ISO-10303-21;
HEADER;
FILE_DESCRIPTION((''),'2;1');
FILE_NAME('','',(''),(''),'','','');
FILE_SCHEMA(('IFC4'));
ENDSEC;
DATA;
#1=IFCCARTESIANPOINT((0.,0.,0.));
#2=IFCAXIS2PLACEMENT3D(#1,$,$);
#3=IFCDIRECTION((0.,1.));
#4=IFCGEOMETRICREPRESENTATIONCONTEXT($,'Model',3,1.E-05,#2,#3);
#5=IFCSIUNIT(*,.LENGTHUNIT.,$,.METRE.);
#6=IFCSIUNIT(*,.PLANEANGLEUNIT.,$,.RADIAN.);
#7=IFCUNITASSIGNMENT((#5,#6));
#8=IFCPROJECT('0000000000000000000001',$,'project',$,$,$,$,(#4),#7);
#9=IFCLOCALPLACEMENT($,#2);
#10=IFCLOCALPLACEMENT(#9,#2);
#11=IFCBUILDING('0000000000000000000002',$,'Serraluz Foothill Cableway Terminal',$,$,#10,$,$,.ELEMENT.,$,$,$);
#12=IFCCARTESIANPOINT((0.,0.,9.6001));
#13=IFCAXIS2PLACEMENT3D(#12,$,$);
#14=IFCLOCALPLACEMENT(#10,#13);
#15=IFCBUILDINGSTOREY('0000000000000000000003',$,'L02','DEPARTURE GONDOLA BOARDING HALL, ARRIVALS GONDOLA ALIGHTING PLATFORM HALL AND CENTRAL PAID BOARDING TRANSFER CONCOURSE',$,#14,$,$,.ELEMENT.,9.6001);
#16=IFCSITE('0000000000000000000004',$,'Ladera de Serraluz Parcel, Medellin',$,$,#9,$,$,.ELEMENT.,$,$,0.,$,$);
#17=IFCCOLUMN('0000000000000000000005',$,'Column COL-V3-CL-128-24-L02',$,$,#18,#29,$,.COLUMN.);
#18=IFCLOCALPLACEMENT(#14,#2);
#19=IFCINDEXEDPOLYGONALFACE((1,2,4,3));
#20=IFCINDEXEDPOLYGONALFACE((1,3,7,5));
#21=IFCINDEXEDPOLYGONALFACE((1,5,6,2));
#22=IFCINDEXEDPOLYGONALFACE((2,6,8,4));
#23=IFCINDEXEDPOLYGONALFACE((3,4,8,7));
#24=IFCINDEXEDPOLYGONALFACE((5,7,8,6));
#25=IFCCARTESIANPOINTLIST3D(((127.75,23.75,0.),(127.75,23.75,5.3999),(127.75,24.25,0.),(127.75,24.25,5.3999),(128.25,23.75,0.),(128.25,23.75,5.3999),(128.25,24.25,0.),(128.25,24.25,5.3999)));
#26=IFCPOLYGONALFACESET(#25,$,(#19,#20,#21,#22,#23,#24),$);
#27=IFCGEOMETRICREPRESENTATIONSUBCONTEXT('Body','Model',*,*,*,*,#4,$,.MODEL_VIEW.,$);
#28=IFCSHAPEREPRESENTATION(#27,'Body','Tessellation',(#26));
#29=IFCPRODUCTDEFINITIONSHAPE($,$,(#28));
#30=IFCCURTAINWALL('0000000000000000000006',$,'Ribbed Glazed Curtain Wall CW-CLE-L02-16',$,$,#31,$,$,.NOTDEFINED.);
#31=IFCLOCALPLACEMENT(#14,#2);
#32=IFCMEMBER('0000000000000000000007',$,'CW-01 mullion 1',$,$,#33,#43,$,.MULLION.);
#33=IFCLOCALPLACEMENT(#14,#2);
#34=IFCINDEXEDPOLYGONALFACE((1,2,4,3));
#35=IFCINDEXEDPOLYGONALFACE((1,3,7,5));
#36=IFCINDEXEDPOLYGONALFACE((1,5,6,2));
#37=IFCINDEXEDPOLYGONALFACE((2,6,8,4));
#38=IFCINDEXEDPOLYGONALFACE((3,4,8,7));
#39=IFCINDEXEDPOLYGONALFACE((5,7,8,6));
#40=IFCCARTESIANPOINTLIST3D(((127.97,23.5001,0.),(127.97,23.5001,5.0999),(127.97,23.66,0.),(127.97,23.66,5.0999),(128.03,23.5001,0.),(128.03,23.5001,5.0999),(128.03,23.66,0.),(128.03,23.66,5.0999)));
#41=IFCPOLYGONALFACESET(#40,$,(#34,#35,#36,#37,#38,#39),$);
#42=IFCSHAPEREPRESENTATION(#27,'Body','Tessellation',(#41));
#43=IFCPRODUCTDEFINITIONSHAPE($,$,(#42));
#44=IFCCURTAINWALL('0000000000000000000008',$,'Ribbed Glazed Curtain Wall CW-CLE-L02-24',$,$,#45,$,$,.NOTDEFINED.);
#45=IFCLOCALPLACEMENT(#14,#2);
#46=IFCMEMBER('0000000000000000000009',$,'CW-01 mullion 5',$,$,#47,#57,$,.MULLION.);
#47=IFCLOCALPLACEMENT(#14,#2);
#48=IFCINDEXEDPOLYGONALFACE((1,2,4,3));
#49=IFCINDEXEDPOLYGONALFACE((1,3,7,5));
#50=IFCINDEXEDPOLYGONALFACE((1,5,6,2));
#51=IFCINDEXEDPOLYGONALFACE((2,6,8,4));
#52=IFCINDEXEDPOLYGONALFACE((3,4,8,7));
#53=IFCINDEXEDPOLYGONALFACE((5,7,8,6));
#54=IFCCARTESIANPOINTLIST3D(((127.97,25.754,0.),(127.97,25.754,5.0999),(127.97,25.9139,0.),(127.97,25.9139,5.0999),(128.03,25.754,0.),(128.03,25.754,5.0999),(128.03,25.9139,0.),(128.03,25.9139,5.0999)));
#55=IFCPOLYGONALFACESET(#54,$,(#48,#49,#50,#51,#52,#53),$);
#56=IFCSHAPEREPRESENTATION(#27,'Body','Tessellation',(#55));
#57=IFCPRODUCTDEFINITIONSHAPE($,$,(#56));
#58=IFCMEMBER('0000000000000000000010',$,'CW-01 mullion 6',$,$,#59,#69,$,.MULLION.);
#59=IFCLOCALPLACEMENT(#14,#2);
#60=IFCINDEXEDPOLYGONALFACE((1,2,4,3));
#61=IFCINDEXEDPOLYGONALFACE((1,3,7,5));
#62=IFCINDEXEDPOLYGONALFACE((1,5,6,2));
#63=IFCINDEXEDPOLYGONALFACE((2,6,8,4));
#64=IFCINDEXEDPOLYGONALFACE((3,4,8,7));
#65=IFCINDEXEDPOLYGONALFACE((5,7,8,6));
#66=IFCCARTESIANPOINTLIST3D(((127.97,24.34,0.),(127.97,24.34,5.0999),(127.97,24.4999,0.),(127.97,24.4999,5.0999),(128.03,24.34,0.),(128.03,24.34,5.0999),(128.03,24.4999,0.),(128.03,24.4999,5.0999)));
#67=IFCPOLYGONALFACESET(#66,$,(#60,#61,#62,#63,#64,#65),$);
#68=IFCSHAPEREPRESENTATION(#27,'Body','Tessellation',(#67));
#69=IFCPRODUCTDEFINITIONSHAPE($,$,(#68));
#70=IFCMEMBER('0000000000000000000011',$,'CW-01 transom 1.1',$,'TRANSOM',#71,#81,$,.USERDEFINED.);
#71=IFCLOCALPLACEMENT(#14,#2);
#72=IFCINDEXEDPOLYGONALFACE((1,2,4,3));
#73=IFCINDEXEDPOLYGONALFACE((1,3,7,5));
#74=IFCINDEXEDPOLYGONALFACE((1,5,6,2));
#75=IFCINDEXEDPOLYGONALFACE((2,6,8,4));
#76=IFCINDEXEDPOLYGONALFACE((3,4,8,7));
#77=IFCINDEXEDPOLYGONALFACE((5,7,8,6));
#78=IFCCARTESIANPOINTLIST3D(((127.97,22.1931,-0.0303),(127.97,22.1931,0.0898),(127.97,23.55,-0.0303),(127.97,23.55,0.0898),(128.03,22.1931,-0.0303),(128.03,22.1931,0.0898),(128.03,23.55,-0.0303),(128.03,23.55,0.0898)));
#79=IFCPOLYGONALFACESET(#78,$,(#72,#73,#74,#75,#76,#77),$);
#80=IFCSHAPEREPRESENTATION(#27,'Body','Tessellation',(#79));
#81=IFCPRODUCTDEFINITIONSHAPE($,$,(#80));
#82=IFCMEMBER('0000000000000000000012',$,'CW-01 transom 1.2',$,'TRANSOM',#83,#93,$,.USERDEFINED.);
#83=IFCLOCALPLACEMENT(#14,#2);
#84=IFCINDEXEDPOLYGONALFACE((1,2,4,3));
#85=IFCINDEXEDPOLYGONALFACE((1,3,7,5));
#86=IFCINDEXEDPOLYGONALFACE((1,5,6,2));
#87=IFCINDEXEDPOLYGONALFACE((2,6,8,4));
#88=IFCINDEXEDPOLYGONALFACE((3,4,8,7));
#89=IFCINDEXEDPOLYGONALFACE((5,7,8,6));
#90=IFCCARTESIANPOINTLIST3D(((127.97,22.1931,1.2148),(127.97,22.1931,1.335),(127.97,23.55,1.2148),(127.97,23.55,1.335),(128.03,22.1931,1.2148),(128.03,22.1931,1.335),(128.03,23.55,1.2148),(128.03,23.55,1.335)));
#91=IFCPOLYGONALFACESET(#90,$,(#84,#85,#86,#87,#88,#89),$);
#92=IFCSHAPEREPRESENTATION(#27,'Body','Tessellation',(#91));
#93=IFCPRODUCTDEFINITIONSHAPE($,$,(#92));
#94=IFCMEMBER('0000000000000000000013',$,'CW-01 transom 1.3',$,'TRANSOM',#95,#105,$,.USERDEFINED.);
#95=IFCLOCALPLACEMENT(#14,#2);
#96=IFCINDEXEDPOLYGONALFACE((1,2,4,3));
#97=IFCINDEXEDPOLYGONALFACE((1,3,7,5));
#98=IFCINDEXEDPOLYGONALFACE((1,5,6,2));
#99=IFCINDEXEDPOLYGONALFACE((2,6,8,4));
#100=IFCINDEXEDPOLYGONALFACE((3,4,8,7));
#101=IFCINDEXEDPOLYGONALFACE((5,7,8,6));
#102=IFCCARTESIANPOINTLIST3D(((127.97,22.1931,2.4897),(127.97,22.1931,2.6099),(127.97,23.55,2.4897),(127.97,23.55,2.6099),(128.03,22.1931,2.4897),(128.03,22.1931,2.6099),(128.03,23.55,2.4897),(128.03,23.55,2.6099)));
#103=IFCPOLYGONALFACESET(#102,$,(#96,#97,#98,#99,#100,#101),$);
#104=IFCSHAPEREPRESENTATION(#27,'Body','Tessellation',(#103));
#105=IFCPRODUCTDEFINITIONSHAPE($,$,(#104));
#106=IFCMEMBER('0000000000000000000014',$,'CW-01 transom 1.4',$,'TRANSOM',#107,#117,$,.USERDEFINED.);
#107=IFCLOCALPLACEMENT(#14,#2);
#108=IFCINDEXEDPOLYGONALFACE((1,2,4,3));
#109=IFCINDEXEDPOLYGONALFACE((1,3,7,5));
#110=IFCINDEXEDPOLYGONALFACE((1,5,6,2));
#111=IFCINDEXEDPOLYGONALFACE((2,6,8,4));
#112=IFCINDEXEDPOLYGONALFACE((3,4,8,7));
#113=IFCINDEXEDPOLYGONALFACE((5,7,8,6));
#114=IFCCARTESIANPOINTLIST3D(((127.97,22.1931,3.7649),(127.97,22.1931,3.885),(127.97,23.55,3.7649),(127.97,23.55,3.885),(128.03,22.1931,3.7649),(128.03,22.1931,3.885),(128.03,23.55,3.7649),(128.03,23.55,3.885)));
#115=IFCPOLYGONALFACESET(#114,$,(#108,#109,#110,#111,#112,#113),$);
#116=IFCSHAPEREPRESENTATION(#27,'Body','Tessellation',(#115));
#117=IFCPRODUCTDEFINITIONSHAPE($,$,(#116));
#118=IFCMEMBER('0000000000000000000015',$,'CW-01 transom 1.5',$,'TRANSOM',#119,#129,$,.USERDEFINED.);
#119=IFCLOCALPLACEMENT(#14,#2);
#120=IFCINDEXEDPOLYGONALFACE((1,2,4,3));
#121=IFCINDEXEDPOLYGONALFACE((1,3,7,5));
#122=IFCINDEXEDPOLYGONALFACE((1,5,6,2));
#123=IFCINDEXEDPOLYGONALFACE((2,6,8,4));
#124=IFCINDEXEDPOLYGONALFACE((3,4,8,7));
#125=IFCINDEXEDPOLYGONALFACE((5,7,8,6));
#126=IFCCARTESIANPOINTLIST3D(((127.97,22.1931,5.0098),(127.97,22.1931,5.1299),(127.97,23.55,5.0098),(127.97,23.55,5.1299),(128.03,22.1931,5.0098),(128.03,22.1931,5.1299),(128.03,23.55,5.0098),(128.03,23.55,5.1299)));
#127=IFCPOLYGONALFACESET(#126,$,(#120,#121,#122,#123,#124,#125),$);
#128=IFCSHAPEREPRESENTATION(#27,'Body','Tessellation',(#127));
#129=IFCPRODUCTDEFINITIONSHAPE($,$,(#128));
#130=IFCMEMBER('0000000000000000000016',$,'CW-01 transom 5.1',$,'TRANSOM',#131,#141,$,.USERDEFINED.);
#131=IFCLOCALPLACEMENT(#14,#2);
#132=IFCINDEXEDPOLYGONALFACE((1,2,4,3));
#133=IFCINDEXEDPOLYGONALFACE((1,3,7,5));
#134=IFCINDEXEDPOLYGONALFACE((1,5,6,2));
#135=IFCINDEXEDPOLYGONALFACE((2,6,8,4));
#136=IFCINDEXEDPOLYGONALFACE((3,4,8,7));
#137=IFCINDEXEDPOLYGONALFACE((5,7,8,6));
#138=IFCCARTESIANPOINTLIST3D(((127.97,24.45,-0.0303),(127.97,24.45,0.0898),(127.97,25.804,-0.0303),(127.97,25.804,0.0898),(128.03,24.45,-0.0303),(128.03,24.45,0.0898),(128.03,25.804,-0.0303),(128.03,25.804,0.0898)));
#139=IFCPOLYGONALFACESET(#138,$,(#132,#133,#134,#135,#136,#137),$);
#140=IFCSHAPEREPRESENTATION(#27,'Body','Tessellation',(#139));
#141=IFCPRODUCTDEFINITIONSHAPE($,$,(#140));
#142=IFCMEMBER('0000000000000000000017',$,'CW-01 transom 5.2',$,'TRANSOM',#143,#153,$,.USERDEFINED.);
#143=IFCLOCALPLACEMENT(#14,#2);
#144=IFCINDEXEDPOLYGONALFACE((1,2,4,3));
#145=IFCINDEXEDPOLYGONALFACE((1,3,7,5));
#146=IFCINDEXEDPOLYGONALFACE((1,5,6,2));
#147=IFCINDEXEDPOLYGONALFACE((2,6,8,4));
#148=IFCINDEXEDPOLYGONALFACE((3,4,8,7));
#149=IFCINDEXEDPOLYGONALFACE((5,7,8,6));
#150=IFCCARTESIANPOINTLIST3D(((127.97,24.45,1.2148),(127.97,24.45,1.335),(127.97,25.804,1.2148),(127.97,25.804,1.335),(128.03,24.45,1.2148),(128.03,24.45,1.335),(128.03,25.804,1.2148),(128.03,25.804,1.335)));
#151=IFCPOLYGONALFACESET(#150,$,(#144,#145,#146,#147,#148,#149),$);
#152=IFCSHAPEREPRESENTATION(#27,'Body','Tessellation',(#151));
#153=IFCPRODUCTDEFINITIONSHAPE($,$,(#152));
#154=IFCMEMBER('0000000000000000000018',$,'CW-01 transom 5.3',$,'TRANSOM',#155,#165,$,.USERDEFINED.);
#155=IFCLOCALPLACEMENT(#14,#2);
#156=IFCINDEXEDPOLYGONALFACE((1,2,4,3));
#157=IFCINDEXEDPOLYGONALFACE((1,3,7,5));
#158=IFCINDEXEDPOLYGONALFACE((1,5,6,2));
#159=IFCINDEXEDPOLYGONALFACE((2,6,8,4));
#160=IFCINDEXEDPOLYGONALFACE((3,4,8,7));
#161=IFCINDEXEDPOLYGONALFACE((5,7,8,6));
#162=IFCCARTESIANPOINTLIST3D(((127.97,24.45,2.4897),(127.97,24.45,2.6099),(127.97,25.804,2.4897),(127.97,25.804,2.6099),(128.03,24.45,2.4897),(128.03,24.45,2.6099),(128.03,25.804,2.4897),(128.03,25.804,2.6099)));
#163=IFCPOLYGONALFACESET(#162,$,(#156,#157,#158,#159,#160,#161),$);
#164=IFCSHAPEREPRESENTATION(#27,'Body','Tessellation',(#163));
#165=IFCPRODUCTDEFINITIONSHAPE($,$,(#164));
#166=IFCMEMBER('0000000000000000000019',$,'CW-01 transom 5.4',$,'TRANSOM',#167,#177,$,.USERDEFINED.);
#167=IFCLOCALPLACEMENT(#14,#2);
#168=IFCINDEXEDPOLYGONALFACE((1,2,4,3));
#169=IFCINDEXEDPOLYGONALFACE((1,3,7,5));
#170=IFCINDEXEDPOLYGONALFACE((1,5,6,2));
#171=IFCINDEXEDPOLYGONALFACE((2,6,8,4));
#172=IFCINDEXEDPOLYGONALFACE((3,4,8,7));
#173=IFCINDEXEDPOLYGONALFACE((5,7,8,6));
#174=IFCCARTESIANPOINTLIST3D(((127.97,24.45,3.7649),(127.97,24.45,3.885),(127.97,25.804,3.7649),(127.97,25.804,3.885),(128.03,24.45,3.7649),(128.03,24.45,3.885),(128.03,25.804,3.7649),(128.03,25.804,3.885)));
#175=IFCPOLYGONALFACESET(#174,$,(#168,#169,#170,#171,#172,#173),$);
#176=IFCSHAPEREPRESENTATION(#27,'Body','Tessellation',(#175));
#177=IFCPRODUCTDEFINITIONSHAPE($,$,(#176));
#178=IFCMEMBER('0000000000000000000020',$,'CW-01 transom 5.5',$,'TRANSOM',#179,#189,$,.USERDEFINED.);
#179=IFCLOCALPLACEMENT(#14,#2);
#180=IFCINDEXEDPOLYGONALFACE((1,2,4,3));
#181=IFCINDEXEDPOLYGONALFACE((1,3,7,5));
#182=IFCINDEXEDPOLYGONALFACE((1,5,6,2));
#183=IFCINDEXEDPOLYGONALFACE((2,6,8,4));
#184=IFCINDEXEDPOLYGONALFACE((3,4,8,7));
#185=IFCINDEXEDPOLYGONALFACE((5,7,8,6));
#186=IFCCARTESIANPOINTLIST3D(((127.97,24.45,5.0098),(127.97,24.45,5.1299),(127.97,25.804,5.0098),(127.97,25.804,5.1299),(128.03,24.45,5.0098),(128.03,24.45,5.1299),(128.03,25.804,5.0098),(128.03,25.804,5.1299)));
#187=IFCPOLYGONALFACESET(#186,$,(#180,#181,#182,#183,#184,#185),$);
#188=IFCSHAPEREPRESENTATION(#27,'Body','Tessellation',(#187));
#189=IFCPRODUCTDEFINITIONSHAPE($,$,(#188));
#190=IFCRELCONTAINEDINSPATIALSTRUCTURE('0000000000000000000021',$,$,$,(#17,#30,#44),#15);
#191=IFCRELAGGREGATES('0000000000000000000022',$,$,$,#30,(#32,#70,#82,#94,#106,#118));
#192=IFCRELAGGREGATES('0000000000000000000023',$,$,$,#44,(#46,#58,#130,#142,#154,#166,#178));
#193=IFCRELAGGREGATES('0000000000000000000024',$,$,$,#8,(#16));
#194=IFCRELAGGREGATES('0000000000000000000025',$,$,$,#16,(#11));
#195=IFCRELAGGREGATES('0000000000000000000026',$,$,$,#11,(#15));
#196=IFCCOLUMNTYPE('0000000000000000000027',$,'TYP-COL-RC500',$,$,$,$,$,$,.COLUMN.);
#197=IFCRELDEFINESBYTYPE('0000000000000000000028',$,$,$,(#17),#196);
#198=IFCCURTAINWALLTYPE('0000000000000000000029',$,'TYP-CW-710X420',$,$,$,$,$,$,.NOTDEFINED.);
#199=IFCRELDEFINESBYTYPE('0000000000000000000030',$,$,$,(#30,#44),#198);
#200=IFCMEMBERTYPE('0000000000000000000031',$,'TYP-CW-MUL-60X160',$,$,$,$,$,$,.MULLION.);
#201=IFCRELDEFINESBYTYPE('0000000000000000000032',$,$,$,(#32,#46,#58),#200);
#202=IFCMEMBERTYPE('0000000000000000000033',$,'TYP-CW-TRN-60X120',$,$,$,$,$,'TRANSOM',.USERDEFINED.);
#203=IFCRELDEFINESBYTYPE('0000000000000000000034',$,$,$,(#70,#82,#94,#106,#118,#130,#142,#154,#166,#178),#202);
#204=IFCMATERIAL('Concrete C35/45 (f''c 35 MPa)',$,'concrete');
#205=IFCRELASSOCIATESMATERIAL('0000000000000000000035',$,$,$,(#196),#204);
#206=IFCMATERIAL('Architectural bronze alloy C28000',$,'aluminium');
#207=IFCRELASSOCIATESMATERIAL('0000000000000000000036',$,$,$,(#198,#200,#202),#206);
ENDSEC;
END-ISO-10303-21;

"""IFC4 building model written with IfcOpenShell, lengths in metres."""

from ifc_helpers import new_model, si_unit, direction, frame, origin, origin_2d, place, context, subcontext, project, spatial, rectangle, extrude, material, material_profile, profile_set, type_object, element, aggregate, save


model = new_model("IFC4")

# Units and contexts
model_context = context("Model", 3, precision=1e-05, world=origin(), true_north=direction((0.0, 1.0)))
body_context = subcontext(model_context, "Body", "Model", "MODEL_VIEW")
ifc_project = project(units=[si_unit("LENGTHUNIT", "METRE"), si_unit("PLANEANGLEUNIT", "RADIAN")], contexts=[model_context])

# Site, building, storey
site_placement = place(None, origin())
site = spatial("IfcSite", under=ifc_project, at=site_placement, Name="Ladera de Serraluz Parcel, Medellin", CompositionType="ELEMENT", RefElevation=0.0)
building_placement = place(site_placement, origin())
building = spatial("IfcBuilding", under=site, at=building_placement, Name="Serraluz Foothill Cableway Terminal", CompositionType="ELEMENT")
storey_placement = place(building_placement, frame((0.0, 0.0, 9.6001)))
storey = spatial("IfcBuildingStorey", under=building, at=storey_placement, Name="L02", Description="DEPARTURE GONDOLA BOARDING HALL, ARRIVALS GONDOLA ALIGHTING PLATFORM HALL AND CENTRAL PAID BOARDING TRANSFER CONCOURSE", CompositionType="ELEMENT", Elevation=9.6001)

# Column
ifc_material_1 = material(Name="Concrete C35/45 (f'c 35 MPa)", Category="concrete")
ifc_material_profile_1 = material_profile(ifc_material_1, rectangle(XDim=0.5, YDim=0.5, at=origin_2d()), Name="RC 500x500")
ifc_profile_set_1 = profile_set([ifc_material_profile_1], Name="Concrete C35/45 (f'c 35 MPa)")
column_type = type_object("IfcColumnType", Name="TYP-COL-RC500", PredefinedType="COLUMN", material=ifc_profile_set_1)
column_placement = place(storey_placement, frame((128.0, 24.0, 0.0), z_axis=(0.0, 0.0, 1.0), x_axis=(1.0, 0.0, 0.0)))
element("IfcColumn", 1, at=column_placement, inside=storey, type_object=column_type, Name="Column COL-V3-CL-128-24-L02", PredefinedType="COLUMN", context=body_context, shape_type="SweptSolid", body=[
    extrude(rectangle(XDim=0.5, YDim=0.5, at=origin_2d()), origin(), (0.0, 0.0, 1.0), 5.3999),
])

# Curtain wall, member
ifc_material_2 = material(Name="Architectural bronze alloy C28000", Category="aluminium")
curtain_wall_type = type_object("IfcCurtainWallType", Name="TYP-CW-710X420", PredefinedType="NOTDEFINED", material=ifc_material_2)
curtain_wall_1_placement = place(storey_placement, origin())
curtain_wall_1 = element("IfcCurtainWall", 2, at=curtain_wall_1_placement, inside=storey, type_object=curtain_wall_type, Name="Ribbed Glazed Curtain Wall CW-CLE-L02-16", PredefinedType="NOTDEFINED")
ifc_material_profile_2 = material_profile(ifc_material_2, rectangle(XDim=0.0601, YDim=0.1599, at=origin_2d()), Name="ALU MULLION 60x160")
ifc_profile_set_2 = profile_set([ifc_material_profile_2], Name="Architectural bronze alloy C28000")
member_type_1 = type_object("IfcMemberType", Name="TYP-CW-MUL-60X160", PredefinedType="MULLION", material=ifc_profile_set_2)
member_1_placement = place(storey_placement, frame((128.0, 23.5801, 0.0), z_axis=(0.0, 0.0, 1.0), x_axis=(1.0, 0.0, 0.0)))
member_1 = element("IfcMember", 3, at=member_1_placement, type_object=member_type_1, Name="CW-01 mullion 1", PredefinedType="MULLION", context=body_context, shape_type="SweptSolid", body=[
    extrude(rectangle(XDim=0.0601, YDim=0.1599, at=origin_2d()), origin(), (0.0, 0.0, 1.0), 5.0999),
])

# Curtain wall, members
curtain_wall_2_placement = place(storey_placement, origin())
curtain_wall_2 = element("IfcCurtainWall", 4, at=curtain_wall_2_placement, inside=storey, type_object=curtain_wall_type, Name="Ribbed Glazed Curtain Wall CW-CLE-L02-24", PredefinedType="NOTDEFINED")
member_2_placement = place(storey_placement, frame((128.0, 25.834, 0.0), z_axis=(0.0, 0.0, 1.0), x_axis=(1.0, 0.0, 0.0)))
member_2 = element("IfcMember", 5, at=member_2_placement, type_object=member_type_1, Name="CW-01 mullion 5", PredefinedType="MULLION", context=body_context, shape_type="SweptSolid", body=[
    extrude(rectangle(XDim=0.0601, YDim=0.1599, at=origin_2d()), origin(), (0.0, 0.0, 1.0), 5.0999),
])
member_3_placement = place(storey_placement, frame((128.0, 24.4199, 0.0), z_axis=(0.0, 0.0, 1.0), x_axis=(1.0, 0.0, 0.0)))
member_3 = element("IfcMember", 6, at=member_3_placement, type_object=member_type_1, Name="CW-01 mullion 6", PredefinedType="MULLION", context=body_context, shape_type="SweptSolid", body=[
    extrude(rectangle(XDim=0.0601, YDim=0.1599, at=origin_2d()), origin(), (0.0, 0.0, 1.0), 5.0999),
])

# Members
ifc_material_profile_3 = material_profile(ifc_material_2, rectangle(XDim=0.0601, YDim=0.1201, at=origin_2d()), Name="ALU TRANSOM 60x120")
ifc_profile_set_3 = profile_set([ifc_material_profile_3], Name="Architectural bronze alloy C28000")
member_type_2 = type_object("IfcMemberType", Name="TYP-CW-TRN-60X120", ElementType="TRANSOM", PredefinedType="USERDEFINED", material=ifc_profile_set_3)
member_4_placement = place(storey_placement, frame((128.0, 23.55, 0.0298), z_axis=(0.0, -1.0, 0.0), x_axis=(1.0, 0.0, 0.0)))
member_4 = element("IfcMember", 7, at=member_4_placement, type_object=member_type_2, Name="CW-01 transom 1.1", ObjectType="TRANSOM", PredefinedType="USERDEFINED", context=body_context, shape_type="SweptSolid", body=[
    extrude(rectangle(XDim=0.0601, YDim=0.1201, at=origin_2d()), origin(), (0.0, 0.0, 1.0), 1.3569),
])
member_5_placement = place(storey_placement, frame((128.0, 23.55, 1.2749), z_axis=(0.0, -1.0, 0.0), x_axis=(1.0, 0.0, 0.0)))
member_5 = element("IfcMember", 8, at=member_5_placement, type_object=member_type_2, Name="CW-01 transom 1.2", ObjectType="TRANSOM", PredefinedType="USERDEFINED", context=body_context, shape_type="SweptSolid", body=[
    extrude(rectangle(XDim=0.0601, YDim=0.1201, at=origin_2d()), origin(), (0.0, 0.0, 1.0), 1.3569),
])
member_6_placement = place(storey_placement, frame((128.0, 23.55, 2.5498), z_axis=(0.0, -1.0, 0.0), x_axis=(1.0, 0.0, 0.0)))
member_6 = element("IfcMember", 9, at=member_6_placement, type_object=member_type_2, Name="CW-01 transom 1.3", ObjectType="TRANSOM", PredefinedType="USERDEFINED", context=body_context, shape_type="SweptSolid", body=[
    extrude(rectangle(XDim=0.0601, YDim=0.1201, at=origin_2d()), origin(), (0.0, 0.0, 1.0), 1.3569),
])
member_7_placement = place(storey_placement, frame((128.0, 23.55, 3.825), z_axis=(0.0, -1.0, 0.0), x_axis=(1.0, 0.0, 0.0)))
member_7 = element("IfcMember", 10, at=member_7_placement, type_object=member_type_2, Name="CW-01 transom 1.4", ObjectType="TRANSOM", PredefinedType="USERDEFINED", context=body_context, shape_type="SweptSolid", body=[
    extrude(rectangle(XDim=0.0601, YDim=0.1201, at=origin_2d()), origin(), (0.0, 0.0, 1.0), 1.3569),
])
member_8_placement = place(storey_placement, frame((128.0, 23.55, 5.0698), z_axis=(0.0, -1.0, 0.0), x_axis=(1.0, 0.0, 0.0)))
member_8 = element("IfcMember", 11, at=member_8_placement, type_object=member_type_2, Name="CW-01 transom 1.5", ObjectType="TRANSOM", PredefinedType="USERDEFINED", context=body_context, shape_type="SweptSolid", body=[
    extrude(rectangle(XDim=0.0601, YDim=0.1201, at=origin_2d()), origin(), (0.0, 0.0, 1.0), 1.3569),
])
member_9_placement = place(storey_placement, frame((128.0, 25.804, 0.0298), z_axis=(0.0, -1.0, 0.0), x_axis=(1.0, 0.0, 0.0)))
member_9 = element("IfcMember", 12, at=member_9_placement, type_object=member_type_2, Name="CW-01 transom 5.1", ObjectType="TRANSOM", PredefinedType="USERDEFINED", context=body_context, shape_type="SweptSolid", body=[
    extrude(rectangle(XDim=0.0601, YDim=0.1201, at=origin_2d()), origin(), (0.0, 0.0, 1.0), 1.354),
])
member_10_placement = place(storey_placement, frame((128.0, 25.804, 1.2749), z_axis=(0.0, -1.0, 0.0), x_axis=(1.0, 0.0, 0.0)))
member_10 = element("IfcMember", 13, at=member_10_placement, type_object=member_type_2, Name="CW-01 transom 5.2", ObjectType="TRANSOM", PredefinedType="USERDEFINED", context=body_context, shape_type="SweptSolid", body=[
    extrude(rectangle(XDim=0.0601, YDim=0.1201, at=origin_2d()), origin(), (0.0, 0.0, 1.0), 1.354),
])
member_11_placement = place(storey_placement, frame((128.0, 25.804, 2.5498), z_axis=(0.0, -1.0, 0.0), x_axis=(1.0, 0.0, 0.0)))
member_11 = element("IfcMember", 14, at=member_11_placement, type_object=member_type_2, Name="CW-01 transom 5.3", ObjectType="TRANSOM", PredefinedType="USERDEFINED", context=body_context, shape_type="SweptSolid", body=[
    extrude(rectangle(XDim=0.0601, YDim=0.1201, at=origin_2d()), origin(), (0.0, 0.0, 1.0), 1.354),
])
member_12_placement = place(storey_placement, frame((128.0, 25.804, 3.825), z_axis=(0.0, -1.0, 0.0), x_axis=(1.0, 0.0, 0.0)))
member_12 = element("IfcMember", 15, at=member_12_placement, type_object=member_type_2, Name="CW-01 transom 5.4", ObjectType="TRANSOM", PredefinedType="USERDEFINED", context=body_context, shape_type="SweptSolid", body=[
    extrude(rectangle(XDim=0.0601, YDim=0.1201, at=origin_2d()), origin(), (0.0, 0.0, 1.0), 1.354),
])
member_13_placement = place(storey_placement, frame((128.0, 25.804, 5.0698), z_axis=(0.0, -1.0, 0.0), x_axis=(1.0, 0.0, 0.0)))
member_13 = element("IfcMember", 16, at=member_13_placement, type_object=member_type_2, Name="CW-01 transom 5.5", ObjectType="TRANSOM", PredefinedType="USERDEFINED", context=body_context, shape_type="SweptSolid", body=[
    extrude(rectangle(XDim=0.0601, YDim=0.1201, at=origin_2d()), origin(), (0.0, 0.0, 1.0), 1.354),
])

aggregate(curtain_wall_1, [member_1, member_4, member_5, member_6, member_7, member_8])
aggregate(curtain_wall_2, [member_2, member_3, member_9, member_10, member_11, member_12, member_13])

save(model, "model.ifc")
